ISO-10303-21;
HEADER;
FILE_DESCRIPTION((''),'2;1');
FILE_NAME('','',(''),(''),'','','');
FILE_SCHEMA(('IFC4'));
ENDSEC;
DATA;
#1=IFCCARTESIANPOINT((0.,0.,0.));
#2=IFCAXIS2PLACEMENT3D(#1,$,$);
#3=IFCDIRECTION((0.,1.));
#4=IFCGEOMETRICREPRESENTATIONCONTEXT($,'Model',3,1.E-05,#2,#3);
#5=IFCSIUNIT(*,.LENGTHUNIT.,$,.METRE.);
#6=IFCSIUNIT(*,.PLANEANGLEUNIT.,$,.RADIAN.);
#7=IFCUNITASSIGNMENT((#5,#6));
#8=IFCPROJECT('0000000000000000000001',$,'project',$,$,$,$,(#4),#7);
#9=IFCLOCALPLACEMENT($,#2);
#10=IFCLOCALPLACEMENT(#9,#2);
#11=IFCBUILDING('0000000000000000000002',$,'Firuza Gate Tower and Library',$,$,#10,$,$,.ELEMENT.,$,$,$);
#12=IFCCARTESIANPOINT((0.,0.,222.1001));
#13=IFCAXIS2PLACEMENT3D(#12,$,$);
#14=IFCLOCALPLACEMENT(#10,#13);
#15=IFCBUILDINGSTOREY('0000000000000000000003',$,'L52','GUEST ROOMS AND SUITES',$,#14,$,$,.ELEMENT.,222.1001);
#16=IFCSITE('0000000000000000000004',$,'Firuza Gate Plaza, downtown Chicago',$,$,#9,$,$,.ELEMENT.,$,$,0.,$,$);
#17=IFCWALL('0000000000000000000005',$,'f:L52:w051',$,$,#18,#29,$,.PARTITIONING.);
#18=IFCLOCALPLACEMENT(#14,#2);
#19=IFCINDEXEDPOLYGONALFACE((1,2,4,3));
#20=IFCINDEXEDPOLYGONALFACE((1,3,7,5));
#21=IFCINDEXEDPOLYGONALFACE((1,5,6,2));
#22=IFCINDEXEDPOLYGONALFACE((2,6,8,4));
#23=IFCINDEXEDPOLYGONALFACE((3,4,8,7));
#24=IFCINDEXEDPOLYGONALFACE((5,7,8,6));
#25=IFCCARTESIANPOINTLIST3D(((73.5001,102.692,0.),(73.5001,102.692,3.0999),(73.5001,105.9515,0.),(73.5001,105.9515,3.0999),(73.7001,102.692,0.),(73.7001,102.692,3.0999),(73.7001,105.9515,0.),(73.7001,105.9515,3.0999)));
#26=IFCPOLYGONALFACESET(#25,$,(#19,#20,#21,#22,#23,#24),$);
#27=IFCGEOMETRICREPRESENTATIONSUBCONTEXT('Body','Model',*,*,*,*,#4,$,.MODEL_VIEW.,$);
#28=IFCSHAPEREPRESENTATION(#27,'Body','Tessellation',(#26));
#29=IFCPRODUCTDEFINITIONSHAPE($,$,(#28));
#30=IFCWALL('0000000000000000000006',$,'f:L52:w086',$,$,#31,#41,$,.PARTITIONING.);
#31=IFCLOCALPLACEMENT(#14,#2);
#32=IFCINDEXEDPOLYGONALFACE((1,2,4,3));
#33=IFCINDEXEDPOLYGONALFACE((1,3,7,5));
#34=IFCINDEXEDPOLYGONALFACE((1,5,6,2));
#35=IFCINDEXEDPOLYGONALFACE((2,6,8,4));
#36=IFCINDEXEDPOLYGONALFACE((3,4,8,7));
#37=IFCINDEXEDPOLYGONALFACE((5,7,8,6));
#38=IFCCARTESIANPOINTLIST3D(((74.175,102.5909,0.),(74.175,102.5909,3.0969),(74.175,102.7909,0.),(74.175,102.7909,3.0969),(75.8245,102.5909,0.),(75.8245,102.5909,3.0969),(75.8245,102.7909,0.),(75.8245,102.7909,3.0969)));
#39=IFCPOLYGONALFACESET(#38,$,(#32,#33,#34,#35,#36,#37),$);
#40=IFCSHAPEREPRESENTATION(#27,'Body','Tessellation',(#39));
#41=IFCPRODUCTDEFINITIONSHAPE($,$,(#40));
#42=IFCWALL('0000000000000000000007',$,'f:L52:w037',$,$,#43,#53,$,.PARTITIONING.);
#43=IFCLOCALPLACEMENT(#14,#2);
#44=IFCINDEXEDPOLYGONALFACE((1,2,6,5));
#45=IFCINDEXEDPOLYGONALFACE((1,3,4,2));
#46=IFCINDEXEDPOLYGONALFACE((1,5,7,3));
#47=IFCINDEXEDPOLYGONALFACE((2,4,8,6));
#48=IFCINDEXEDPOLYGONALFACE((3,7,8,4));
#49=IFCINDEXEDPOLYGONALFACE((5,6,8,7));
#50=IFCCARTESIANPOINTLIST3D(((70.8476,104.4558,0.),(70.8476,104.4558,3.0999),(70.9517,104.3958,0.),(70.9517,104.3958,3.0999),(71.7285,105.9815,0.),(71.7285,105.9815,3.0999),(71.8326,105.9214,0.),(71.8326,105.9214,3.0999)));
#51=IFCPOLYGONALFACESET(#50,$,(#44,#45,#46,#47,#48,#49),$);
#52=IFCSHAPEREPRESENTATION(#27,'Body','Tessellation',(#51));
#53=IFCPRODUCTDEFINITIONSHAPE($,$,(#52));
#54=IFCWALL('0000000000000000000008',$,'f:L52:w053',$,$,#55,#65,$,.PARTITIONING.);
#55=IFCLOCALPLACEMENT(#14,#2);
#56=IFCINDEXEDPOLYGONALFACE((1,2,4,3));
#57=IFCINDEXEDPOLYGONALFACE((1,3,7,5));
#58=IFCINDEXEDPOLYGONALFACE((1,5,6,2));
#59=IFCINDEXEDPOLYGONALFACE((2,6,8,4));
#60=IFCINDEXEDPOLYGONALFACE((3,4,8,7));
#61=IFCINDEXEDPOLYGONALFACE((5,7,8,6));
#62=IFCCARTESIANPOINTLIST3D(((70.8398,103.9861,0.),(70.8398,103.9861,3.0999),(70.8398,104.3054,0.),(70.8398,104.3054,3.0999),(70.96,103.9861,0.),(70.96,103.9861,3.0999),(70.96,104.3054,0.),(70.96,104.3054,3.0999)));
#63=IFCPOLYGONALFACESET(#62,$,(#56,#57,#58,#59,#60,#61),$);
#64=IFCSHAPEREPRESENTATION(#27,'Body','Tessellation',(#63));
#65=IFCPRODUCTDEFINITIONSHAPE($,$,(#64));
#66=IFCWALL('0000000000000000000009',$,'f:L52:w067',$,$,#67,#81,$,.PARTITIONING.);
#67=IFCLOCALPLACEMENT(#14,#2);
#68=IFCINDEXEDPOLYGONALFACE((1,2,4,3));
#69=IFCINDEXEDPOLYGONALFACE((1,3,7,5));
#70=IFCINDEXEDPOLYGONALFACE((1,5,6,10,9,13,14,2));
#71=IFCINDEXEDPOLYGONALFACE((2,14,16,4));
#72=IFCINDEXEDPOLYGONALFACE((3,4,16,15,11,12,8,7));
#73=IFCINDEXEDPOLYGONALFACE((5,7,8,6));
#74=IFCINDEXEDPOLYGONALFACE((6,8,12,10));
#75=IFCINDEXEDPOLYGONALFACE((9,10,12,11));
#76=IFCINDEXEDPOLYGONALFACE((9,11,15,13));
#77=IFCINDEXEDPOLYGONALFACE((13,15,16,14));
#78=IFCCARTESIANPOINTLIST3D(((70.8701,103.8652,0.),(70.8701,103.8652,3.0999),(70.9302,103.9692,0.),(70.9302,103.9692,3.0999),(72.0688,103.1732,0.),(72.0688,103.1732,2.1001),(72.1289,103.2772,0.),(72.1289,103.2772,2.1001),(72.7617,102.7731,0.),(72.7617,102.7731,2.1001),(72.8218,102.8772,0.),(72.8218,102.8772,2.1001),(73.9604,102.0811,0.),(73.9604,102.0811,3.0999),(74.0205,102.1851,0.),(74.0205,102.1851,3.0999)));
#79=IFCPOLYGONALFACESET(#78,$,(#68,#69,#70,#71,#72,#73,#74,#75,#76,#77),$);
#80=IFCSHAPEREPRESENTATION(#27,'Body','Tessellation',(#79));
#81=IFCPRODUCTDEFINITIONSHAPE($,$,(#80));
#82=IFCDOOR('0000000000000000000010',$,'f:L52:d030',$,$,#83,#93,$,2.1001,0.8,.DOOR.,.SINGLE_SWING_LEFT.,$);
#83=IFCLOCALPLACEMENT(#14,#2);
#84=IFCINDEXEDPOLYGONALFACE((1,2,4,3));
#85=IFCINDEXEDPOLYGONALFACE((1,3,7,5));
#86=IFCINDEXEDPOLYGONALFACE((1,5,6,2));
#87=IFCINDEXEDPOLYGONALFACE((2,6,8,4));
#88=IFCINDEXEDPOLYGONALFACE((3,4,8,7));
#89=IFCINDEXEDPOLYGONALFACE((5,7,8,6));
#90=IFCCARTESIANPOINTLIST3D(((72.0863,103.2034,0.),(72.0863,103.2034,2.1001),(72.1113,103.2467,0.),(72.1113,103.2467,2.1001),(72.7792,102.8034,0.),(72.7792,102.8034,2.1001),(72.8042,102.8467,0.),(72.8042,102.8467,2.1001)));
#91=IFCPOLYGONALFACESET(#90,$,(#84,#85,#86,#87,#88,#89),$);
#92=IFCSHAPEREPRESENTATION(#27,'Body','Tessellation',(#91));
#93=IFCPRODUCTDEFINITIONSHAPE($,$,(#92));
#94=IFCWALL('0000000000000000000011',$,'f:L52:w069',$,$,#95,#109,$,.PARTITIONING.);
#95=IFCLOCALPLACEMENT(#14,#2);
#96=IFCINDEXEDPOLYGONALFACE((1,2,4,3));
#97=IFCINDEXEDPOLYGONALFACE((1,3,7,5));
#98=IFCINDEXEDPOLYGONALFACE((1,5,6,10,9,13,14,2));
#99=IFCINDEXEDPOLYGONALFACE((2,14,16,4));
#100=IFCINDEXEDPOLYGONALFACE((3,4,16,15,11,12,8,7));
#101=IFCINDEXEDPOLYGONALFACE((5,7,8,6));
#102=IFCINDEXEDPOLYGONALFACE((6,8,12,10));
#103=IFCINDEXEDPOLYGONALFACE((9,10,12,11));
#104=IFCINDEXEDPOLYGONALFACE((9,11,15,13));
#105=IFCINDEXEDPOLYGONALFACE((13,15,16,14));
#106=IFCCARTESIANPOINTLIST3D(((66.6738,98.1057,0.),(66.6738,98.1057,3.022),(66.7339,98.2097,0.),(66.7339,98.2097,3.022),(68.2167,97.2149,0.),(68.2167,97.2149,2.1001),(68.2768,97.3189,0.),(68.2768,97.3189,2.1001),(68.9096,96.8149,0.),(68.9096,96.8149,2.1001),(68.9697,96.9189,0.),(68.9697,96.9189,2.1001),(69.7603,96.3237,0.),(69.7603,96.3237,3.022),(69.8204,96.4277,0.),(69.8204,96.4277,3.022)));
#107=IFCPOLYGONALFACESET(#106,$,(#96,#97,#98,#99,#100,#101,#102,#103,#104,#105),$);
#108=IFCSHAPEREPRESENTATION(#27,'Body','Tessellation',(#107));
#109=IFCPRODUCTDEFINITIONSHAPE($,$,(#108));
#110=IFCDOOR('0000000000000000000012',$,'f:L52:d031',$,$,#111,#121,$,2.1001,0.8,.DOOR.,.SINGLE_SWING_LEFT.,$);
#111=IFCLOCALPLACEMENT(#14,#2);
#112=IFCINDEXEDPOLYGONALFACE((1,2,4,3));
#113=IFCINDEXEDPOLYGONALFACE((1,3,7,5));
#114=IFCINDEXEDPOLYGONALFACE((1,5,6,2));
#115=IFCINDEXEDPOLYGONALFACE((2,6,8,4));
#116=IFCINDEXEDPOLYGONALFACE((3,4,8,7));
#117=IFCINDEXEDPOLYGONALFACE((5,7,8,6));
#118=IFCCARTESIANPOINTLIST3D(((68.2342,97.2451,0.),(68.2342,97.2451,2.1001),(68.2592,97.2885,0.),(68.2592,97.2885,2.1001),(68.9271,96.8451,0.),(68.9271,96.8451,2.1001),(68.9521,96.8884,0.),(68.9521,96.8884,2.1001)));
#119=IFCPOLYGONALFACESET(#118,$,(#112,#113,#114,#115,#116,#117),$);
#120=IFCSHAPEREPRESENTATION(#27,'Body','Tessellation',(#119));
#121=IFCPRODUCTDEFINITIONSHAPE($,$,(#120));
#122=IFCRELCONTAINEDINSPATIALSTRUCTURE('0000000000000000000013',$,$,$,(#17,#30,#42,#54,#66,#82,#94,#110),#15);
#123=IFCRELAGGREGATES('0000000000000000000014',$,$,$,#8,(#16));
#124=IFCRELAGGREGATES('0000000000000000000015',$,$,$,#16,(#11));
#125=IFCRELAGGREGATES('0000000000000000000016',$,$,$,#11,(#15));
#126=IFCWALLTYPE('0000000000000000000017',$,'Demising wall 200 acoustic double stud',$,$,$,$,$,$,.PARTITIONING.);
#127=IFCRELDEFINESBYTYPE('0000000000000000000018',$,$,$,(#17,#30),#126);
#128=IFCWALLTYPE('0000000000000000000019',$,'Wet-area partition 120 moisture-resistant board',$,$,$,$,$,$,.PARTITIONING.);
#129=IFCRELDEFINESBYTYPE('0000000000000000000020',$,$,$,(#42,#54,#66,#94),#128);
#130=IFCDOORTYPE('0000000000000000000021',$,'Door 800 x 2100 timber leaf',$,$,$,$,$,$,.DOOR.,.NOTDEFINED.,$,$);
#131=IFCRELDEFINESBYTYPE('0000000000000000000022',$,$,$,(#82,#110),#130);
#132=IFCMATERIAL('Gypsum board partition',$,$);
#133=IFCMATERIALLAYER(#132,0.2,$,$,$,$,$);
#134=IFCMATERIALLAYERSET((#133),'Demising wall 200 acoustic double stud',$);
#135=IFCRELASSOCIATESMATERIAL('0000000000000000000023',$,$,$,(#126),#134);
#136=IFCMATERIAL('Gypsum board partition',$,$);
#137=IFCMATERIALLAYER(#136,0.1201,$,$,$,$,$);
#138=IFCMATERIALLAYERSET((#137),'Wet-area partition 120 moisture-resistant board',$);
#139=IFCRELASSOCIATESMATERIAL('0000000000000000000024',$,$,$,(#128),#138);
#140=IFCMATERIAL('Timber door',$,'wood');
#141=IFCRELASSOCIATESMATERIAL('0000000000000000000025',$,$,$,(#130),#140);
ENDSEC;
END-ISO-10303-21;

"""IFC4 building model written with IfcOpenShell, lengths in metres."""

from ifc_helpers import new_model, si_unit, direction, frame, frame_2d, origin, place, context, subcontext, project, spatial, rectangle, extrude, material, layer, layer_set, type_object, element, fill, save


model = new_model("IFC4")

# Units and contexts
model_context = context("Model", 3, precision=1e-05, world=origin(), true_north=direction((0.0, 1.0)))
body_context = subcontext(model_context, "Body", "Model", "MODEL_VIEW")
ifc_project = project(units=[si_unit("LENGTHUNIT", "METRE"), si_unit("PLANEANGLEUNIT", "RADIAN")], contexts=[model_context])

# Site, building, storey
site_placement = place(None, origin())
site = spatial("IfcSite", under=ifc_project, at=site_placement, Name="Firuza Gate Plaza, downtown Chicago", CompositionType="ELEMENT", RefElevation=0.0)
building_placement = place(site_placement, origin())
building = spatial("IfcBuilding", under=site, at=building_placement, Name="Firuza Gate Tower and Library", CompositionType="ELEMENT")
storey_placement = place(building_placement, frame((0.0, 0.0, 222.1001)))
storey = spatial("IfcBuildingStorey", under=building, at=storey_placement, Name="L52", Description="GUEST ROOMS AND SUITES", CompositionType="ELEMENT", Elevation=222.1001)

# Walls
ifc_material_1 = material(Name="Gypsum board partition")
ifc_layer_1 = layer(ifc_material_1, 0.2)
ifc_layer_set_1 = layer_set([ifc_layer_1], Name="Demising wall 200 acoustic double stud")
wall_type_1 = type_object("IfcWallType", Name="Demising wall 200 acoustic double stud", PredefinedType="PARTITIONING", material=ifc_layer_set_1)
wall_1_placement = place(storey_placement, frame((73.6001, 102.6919, 0.0), z_axis=(0.0, 0.0, 1.0), x_axis=(0.0, 1.0, 0.0)))
element("IfcWall", 1, at=wall_1_placement, inside=storey, type_object=wall_type_1, Name="f:L52:w051", PredefinedType="PARTITIONING", context=body_context, shape_type="SweptSolid", body=[
    extrude(rectangle(XDim=3.2595, YDim=0.2, at=frame_2d((1.6299, 0.0))), origin(), (0.0, 0.0, 1.0), 3.0999),
])
wall_2_placement = place(storey_placement, frame((74.175, 102.6909, 0.0), z_axis=(0.0, 0.0, 1.0), x_axis=(1.0, 0.0, 0.0)))
element("IfcWall", 2, at=wall_2_placement, inside=storey, type_object=wall_type_1, Name="f:L52:w086", PredefinedType="PARTITIONING", context=body_context, shape_type="SweptSolid", body=[
    extrude(rectangle(XDim=1.6494, YDim=0.2, at=frame_2d((0.8247, 0.0))), origin(), (0.0, 0.0, 1.0), 3.0969),
])
ifc_material_2 = material(Name="Gypsum board partition")
ifc_layer_2 = layer(ifc_material_2, 0.1201)
ifc_layer_set_2 = layer_set([ifc_layer_2], Name="Wet-area partition 120 moisture-resistant board")
wall_type_2 = type_object("IfcWallType", Name="Wet-area partition 120 moisture-resistant board", PredefinedType="PARTITIONING", material=ifc_layer_set_2)
wall_3_placement = place(storey_placement, frame((70.8997, 104.4258, 0.0), z_axis=(0.0, 0.0, 1.0), x_axis=(0.500014, 0.866017, 0.0)))
element("IfcWall", 3, at=wall_3_placement, inside=storey, type_object=wall_type_2, Name="f:L52:w037", PredefinedType="PARTITIONING", context=body_context, shape_type="SweptSolid", body=[
    extrude(rectangle(XDim=1.7617, YDim=0.1201, at=frame_2d((0.8809, 0.0))), origin(), (0.0, 0.0, 1.0), 3.0999),
])
wall_4_placement = place(storey_placement, frame((70.8999, 103.9861, 0.0), z_axis=(0.0, 0.0, 1.0), x_axis=(0.0, 1.0, 0.0)))
element("IfcWall", 4, at=wall_4_placement, inside=storey, type_object=wall_type_2, Name="f:L52:w053", PredefinedType="PARTITIONING", context=body_context, shape_type="SweptSolid", body=[
    extrude(rectangle(XDim=0.3193, YDim=0.1201, at=frame_2d((0.1597, 0.0))), origin(), (0.0, 0.0, 1.0), 3.0999),
])

# Walls, openings, doors
wall_5_placement = place(storey_placement, frame((70.9001, 103.9172, 0.0), z_axis=(0.0, 0.0, 1.0), x_axis=(0.866028, -0.499995, 0.0)))
wall_5 = element("IfcWall", 5, at=wall_5_placement, inside=storey, type_object=wall_type_2, Name="f:L52:w067", PredefinedType="PARTITIONING", context=body_context, shape_type="SweptSolid", body=[
    extrude(rectangle(XDim=3.5684, YDim=0.1201, at=frame_2d((1.7842, 0.0))), origin(), (0.0, 0.0, 1.0), 3.0999),
])
opening_1_placement = place(wall_5_placement, frame((1.3843, 0.0, 0.0)))
opening_1 = element("IfcOpeningElement", 6, at=opening_1_placement, cuts=wall_5, PredefinedType="OPENING", context=body_context, shape_type="SweptSolid", body=[
    extrude(rectangle(XDim=0.8, YDim=2.1001, at=frame_2d((0.3999, 1.05))), frame((0.0, 0.0701, 0.0), z_axis=(0.0, -1.0, 0.0), x_axis=(1.0, 0.0, 0.0)), (0.0, 0.0, 1.0), 0.1401),
])
ifc_material_3 = material(Name="Timber door", Category="wood")
door_type = type_object("IfcDoorType", Name="Door 800 x 2100 timber leaf", OperationType="NOTDEFINED", PredefinedType="DOOR", material=ifc_material_3)
door_1_placement = place(opening_1_placement, origin())
door_1 = element("IfcDoor", 7, at=door_1_placement, inside=storey, type_object=door_type, Name="f:L52:d030", OperationType="SINGLE_SWING_LEFT", OverallHeight=2.1001, OverallWidth=0.8, PredefinedType="DOOR", context=body_context, shape_type="SweptSolid", body=[
    extrude(rectangle(XDim=0.8, YDim=2.1001, at=frame_2d((0.3999, 1.05))), frame((0.0, 0.0249, 0.0), z_axis=(0.0, -1.0, 0.0), x_axis=(1.0, 0.0, 0.0)), (0.0, 0.0, 1.0), 0.05),
])
fill(opening_1, door_1)
wall_6_placement = place(storey_placement, frame((66.7039, 98.1577, 0.0), z_axis=(0.0, 0.0, 1.0), x_axis=(0.866021, -0.500007, 0.0)))
wall_6 = element("IfcWall", 8, at=wall_6_placement, inside=storey, type_object=wall_type_2, Name="f:L52:w069", PredefinedType="PARTITIONING", context=body_context, shape_type="SweptSolid", body=[
    extrude(rectangle(XDim=3.564, YDim=0.1201, at=frame_2d((1.782, 0.0))), origin(), (0.0, 0.0, 1.0), 3.022),
])
opening_2_placement = place(wall_6_placement, frame((1.7817, 0.0, 0.0)))
opening_2 = element("IfcOpeningElement", 9, at=opening_2_placement, cuts=wall_6, PredefinedType="OPENING", context=body_context, shape_type="SweptSolid", body=[
    extrude(rectangle(XDim=0.8, YDim=2.1001, at=frame_2d((0.3999, 1.05))), frame((0.0, 0.0701, 0.0), z_axis=(0.0, -1.0, 0.0), x_axis=(1.0, 0.0, 0.0)), (0.0, 0.0, 1.0), 0.1401),
])
door_2_placement = place(opening_2_placement, origin())
door_2 = element("IfcDoor", 10, at=door_2_placement, inside=storey, type_object=door_type, Name="f:L52:d031", OperationType="SINGLE_SWING_LEFT", OverallHeight=2.1001, OverallWidth=0.8, PredefinedType="DOOR", context=body_context, shape_type="SweptSolid", body=[
    extrude(rectangle(XDim=0.8, YDim=2.1001, at=frame_2d((0.3999, 1.05))), frame((0.0, 0.0249, 0.0), z_axis=(0.0, -1.0, 0.0), x_axis=(1.0, 0.0, 0.0)), (0.0, 0.0, 1.0), 0.05),
])
fill(opening_2, door_2)

save(model, "model.ifc")
